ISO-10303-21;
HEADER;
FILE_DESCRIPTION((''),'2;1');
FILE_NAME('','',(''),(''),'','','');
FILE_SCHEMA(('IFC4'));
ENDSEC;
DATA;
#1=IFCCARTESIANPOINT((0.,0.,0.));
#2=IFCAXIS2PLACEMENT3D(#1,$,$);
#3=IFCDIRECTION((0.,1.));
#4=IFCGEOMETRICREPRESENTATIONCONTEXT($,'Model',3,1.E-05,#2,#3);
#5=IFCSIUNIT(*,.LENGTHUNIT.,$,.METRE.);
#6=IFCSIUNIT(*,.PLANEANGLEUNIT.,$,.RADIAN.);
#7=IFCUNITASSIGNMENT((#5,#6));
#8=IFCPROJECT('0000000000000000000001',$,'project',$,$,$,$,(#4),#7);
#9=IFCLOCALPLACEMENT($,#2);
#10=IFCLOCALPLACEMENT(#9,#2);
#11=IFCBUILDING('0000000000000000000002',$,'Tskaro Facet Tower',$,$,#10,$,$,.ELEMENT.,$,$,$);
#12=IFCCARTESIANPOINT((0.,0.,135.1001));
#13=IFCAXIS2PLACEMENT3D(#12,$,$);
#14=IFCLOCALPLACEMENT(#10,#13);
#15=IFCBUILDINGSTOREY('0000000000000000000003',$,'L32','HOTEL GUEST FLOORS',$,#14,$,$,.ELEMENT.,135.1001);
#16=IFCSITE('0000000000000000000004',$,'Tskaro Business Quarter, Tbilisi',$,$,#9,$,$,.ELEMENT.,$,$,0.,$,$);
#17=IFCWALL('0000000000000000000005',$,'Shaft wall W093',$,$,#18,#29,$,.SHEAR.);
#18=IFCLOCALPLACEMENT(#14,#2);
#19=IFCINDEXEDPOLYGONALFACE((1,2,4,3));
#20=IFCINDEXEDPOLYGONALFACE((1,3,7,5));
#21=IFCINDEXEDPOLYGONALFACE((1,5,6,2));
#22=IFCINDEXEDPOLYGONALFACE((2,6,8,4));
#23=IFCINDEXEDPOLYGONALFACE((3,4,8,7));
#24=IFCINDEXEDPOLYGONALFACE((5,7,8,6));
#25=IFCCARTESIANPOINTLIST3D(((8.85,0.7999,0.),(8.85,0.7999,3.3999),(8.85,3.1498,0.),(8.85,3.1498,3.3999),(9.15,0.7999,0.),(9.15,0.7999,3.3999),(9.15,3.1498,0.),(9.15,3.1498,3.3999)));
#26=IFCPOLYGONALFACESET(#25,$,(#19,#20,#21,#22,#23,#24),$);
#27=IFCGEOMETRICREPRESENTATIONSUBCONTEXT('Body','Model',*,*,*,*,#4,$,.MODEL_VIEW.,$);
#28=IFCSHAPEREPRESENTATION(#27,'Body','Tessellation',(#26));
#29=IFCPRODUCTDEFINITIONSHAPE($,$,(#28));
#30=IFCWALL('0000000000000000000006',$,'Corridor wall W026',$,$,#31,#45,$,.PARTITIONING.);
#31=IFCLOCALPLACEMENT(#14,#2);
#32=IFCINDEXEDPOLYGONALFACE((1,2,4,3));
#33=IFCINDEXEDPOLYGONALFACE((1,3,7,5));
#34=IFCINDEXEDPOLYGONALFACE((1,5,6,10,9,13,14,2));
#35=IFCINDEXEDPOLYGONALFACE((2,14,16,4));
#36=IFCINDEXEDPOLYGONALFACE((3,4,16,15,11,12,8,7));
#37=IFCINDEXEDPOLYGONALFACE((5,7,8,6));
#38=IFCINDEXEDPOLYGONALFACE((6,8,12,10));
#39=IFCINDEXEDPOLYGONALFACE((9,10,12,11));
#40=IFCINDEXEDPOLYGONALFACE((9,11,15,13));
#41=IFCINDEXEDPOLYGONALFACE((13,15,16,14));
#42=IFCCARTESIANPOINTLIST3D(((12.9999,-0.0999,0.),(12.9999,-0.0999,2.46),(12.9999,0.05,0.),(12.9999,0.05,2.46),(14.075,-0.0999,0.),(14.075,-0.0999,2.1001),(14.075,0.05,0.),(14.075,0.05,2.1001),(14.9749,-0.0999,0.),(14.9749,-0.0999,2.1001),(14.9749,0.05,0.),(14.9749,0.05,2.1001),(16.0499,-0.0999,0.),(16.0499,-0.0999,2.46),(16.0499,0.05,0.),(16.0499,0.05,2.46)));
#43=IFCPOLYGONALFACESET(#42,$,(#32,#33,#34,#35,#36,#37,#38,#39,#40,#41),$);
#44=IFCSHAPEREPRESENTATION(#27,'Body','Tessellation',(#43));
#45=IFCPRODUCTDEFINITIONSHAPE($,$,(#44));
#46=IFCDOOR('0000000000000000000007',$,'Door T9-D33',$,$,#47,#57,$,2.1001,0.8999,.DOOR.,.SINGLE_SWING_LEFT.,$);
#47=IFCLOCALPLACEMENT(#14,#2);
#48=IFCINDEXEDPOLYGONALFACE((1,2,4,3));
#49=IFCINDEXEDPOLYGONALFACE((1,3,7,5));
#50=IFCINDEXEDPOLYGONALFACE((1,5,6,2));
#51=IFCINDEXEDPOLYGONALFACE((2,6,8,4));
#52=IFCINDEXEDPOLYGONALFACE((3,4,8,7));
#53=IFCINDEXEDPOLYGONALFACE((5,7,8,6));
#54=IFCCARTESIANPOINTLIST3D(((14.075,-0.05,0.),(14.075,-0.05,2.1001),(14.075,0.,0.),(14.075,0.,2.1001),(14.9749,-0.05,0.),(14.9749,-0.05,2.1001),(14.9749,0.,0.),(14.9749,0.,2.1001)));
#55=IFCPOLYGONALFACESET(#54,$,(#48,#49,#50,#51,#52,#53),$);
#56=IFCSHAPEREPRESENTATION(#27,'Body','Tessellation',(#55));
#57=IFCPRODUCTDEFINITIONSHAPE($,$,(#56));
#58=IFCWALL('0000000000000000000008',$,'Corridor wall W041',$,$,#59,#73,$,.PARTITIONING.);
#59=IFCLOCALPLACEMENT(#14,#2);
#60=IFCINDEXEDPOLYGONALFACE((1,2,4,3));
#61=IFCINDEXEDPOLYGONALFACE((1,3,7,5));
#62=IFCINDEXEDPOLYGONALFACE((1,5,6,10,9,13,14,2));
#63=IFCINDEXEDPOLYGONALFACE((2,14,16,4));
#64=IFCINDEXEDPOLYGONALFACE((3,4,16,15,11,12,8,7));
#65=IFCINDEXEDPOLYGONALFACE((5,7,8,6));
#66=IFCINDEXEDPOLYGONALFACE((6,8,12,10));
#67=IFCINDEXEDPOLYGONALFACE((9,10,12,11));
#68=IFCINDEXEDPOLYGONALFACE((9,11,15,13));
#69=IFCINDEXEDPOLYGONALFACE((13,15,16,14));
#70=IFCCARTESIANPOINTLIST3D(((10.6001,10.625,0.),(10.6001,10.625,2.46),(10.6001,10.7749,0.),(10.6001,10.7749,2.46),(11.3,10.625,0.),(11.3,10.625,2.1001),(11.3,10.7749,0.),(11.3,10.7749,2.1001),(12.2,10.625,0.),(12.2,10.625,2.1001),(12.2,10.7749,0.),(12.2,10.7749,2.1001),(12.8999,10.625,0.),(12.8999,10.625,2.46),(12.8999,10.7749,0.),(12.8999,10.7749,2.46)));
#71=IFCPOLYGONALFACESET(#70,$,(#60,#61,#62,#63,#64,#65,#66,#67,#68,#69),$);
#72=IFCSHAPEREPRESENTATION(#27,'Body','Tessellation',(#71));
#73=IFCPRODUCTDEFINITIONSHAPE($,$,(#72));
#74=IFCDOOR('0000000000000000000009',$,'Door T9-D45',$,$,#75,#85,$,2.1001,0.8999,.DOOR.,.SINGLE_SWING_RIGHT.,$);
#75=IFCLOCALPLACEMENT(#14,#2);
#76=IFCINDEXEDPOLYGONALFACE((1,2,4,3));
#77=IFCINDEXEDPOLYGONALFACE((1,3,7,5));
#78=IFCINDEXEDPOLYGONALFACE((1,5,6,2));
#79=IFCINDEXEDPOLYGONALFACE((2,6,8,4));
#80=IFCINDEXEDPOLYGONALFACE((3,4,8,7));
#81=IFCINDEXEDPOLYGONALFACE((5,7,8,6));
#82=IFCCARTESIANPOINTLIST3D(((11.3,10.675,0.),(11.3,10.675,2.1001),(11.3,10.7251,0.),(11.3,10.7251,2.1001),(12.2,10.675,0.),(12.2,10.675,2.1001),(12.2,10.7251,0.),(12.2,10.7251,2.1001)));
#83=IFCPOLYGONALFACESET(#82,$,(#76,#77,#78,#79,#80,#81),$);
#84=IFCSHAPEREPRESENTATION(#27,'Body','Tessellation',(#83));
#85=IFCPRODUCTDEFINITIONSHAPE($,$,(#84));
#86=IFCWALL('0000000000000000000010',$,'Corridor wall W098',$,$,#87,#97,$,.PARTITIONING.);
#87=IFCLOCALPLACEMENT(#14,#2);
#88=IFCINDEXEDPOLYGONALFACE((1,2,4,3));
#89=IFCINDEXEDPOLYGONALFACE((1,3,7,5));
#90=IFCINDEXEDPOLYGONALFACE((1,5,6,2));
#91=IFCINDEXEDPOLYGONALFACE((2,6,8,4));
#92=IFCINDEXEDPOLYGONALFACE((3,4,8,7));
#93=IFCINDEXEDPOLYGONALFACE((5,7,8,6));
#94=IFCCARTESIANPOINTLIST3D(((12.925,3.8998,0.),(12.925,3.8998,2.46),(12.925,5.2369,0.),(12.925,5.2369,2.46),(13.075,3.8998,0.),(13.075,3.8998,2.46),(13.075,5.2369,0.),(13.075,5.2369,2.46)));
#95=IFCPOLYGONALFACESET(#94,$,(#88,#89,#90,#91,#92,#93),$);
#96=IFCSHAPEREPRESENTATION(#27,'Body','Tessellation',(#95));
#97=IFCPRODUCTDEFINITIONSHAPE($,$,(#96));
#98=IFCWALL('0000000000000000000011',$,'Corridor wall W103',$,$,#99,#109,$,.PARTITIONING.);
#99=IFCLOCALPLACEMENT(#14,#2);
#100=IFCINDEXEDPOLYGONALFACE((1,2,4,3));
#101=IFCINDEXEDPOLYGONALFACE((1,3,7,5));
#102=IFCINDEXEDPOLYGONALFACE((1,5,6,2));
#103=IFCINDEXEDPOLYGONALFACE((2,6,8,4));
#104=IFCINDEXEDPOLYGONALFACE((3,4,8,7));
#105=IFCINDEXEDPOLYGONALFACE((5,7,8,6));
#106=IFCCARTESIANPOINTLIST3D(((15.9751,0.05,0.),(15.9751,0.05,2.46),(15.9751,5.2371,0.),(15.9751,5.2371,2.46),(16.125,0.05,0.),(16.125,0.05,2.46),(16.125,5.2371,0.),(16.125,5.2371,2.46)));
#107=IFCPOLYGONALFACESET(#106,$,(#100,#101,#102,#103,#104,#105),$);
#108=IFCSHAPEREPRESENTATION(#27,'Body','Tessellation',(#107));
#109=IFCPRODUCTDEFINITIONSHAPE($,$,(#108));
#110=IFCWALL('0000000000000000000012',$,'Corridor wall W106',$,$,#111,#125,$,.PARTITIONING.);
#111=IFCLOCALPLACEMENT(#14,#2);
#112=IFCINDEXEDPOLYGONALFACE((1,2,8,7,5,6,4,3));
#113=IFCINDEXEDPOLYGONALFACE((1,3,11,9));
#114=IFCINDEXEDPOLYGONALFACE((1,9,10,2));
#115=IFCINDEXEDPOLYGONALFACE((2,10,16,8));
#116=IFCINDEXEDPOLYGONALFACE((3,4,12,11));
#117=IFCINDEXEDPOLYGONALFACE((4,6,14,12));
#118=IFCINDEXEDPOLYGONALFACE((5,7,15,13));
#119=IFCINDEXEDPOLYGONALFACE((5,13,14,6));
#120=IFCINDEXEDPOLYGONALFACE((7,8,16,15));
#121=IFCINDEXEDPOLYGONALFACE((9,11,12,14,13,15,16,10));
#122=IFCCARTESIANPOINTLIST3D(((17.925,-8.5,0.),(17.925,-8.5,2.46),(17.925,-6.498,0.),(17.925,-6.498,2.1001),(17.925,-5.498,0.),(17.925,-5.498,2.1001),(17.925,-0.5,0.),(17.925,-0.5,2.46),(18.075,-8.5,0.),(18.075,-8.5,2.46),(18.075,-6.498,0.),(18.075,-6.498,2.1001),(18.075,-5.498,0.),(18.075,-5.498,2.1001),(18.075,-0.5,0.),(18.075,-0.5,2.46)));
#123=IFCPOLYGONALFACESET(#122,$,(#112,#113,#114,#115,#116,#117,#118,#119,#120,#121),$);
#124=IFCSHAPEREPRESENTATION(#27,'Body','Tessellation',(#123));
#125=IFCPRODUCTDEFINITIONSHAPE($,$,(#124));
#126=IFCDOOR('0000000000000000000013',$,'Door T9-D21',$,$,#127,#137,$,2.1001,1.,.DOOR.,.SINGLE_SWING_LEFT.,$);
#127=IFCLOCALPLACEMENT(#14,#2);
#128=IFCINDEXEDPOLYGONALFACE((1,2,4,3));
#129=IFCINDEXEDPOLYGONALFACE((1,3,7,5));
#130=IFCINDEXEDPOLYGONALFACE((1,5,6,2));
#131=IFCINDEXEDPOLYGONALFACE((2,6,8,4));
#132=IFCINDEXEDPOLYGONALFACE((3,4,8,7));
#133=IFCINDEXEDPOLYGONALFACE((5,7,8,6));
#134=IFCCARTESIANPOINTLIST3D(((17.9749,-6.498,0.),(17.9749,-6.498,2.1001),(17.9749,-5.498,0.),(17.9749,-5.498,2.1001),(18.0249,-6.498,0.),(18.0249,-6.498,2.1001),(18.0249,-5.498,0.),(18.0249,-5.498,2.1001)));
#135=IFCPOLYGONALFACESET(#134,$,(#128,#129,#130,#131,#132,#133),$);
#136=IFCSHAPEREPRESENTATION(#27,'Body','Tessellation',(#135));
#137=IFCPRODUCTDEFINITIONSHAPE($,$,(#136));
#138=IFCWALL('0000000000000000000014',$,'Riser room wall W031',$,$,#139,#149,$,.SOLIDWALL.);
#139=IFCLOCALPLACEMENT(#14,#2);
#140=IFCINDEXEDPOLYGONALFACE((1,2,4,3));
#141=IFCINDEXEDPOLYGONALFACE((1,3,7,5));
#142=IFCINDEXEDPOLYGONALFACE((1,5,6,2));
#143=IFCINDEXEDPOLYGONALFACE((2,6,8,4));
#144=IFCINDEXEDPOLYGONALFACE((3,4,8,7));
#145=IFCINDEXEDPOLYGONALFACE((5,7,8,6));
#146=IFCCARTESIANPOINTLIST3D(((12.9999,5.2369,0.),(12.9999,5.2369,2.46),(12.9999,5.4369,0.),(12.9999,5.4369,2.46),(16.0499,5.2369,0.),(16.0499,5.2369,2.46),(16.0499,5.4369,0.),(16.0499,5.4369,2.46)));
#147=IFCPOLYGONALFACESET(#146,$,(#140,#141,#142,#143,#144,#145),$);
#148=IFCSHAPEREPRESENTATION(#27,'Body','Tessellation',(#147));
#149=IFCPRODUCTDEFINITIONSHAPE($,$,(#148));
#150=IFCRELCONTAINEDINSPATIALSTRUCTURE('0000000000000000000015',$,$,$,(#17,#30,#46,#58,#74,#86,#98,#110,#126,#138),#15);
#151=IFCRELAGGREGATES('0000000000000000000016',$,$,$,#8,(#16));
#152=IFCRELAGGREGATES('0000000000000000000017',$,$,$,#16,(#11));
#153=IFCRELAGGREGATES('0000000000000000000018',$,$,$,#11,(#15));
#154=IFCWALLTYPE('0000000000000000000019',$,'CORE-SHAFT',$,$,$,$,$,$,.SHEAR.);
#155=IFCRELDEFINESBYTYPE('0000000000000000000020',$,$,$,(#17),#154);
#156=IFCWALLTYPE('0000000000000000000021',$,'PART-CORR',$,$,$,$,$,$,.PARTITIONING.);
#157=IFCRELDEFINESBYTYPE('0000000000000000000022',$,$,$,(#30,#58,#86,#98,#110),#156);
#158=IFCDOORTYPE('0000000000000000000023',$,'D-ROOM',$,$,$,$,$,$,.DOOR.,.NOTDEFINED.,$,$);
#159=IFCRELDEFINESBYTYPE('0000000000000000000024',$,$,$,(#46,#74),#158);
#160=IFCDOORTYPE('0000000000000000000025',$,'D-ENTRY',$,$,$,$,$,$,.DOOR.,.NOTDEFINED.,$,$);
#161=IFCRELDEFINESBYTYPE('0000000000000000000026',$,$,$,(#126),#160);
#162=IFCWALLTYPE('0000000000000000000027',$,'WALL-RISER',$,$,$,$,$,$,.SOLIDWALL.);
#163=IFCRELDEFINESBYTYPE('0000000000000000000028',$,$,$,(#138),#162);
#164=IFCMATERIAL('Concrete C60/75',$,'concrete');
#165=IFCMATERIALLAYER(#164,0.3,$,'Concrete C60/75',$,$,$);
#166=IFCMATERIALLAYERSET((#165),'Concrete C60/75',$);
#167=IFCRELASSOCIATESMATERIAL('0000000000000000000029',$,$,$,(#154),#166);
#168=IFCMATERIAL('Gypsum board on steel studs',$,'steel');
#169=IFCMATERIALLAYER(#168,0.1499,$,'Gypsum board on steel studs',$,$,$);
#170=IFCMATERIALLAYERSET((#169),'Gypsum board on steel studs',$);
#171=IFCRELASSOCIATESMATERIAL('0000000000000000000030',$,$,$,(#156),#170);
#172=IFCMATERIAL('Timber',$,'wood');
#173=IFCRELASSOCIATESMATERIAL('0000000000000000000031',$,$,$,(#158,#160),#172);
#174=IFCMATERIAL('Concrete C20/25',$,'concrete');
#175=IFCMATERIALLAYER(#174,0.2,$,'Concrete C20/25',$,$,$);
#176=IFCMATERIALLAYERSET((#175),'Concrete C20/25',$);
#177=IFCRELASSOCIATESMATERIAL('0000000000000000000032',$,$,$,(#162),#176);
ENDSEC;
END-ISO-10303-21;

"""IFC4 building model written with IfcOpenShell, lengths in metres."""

from ifc_helpers import new_model, si_unit, direction, frame, frame_2d, origin, place, context, subcontext, project, spatial, rectangle, extrude, material, layer, layer_set, type_object, element, fill, save


model = new_model("IFC4")

# Units and contexts
model_context = context("Model", 3, precision=1e-05, world=origin(), true_north=direction((0.0, 1.0)))
body_context = subcontext(model_context, "Body", "Model", "MODEL_VIEW")
ifc_project = project(units=[si_unit("LENGTHUNIT", "METRE"), si_unit("PLANEANGLEUNIT", "RADIAN")], contexts=[model_context])

# Site, building, storey
site_placement = place(None, origin())
site = spatial("IfcSite", under=ifc_project, at=site_placement, Name="Tskaro Business Quarter, Tbilisi", CompositionType="ELEMENT", RefElevation=0.0)
building_placement = place(site_placement, origin())
building = spatial("IfcBuilding", under=site, at=building_placement, Name="Tskaro Facet Tower", CompositionType="ELEMENT")
storey_placement = place(building_placement, frame((0.0, 0.0, 135.1001)))
storey = spatial("IfcBuildingStorey", under=building, at=storey_placement, Name="L32", Description="HOTEL GUEST FLOORS", CompositionType="ELEMENT", Elevation=135.1001)

# Wall
ifc_material_1 = material(Name="Concrete C60/75", Category="concrete")
ifc_layer_1 = layer(ifc_material_1, 0.3, Name="Concrete C60/75")
ifc_layer_set_1 = layer_set([ifc_layer_1], Name="Concrete C60/75")
wall_type_1 = type_object("IfcWallType", Name="CORE-SHAFT", PredefinedType="SHEAR", material=ifc_layer_set_1)
wall_1_placement = place(storey_placement, frame((9.0, 0.8, 0.0), z_axis=(0.0, 0.0, 1.0), x_axis=(0.0, 1.0, 0.0)))
element("IfcWall", 1, at=wall_1_placement, inside=storey, type_object=wall_type_1, Name="Shaft wall W093", PredefinedType="SHEAR", context=body_context, shape_type="SweptSolid", body=[
    extrude(rectangle(XDim=2.3499, YDim=0.3, at=frame_2d((1.1748, 0.0))), origin(), (0.0, 0.0, 1.0), 3.3999),
])

# Walls, openings, doors
ifc_material_2 = material(Name="Gypsum board on steel studs", Category="steel")
ifc_layer_2 = layer(ifc_material_2, 0.1499, Name="Gypsum board on steel studs")
ifc_layer_set_2 = layer_set([ifc_layer_2], Name="Gypsum board on steel studs")
wall_type_2 = type_object("IfcWallType", Name="PART-CORR", PredefinedType="PARTITIONING", material=ifc_layer_set_2)
wall_2_placement = place(storey_placement, frame((13.0, -0.0249, 0.0), z_axis=(0.0, 0.0, 1.0), x_axis=(1.0, 0.0, 0.0)))
wall_2 = element("IfcWall", 2, at=wall_2_placement, inside=storey, type_object=wall_type_2, Name="Corridor wall W026", PredefinedType="PARTITIONING", context=body_context, shape_type="SweptSolid", body=[
    extrude(rectangle(XDim=3.05, YDim=0.1499, at=frame_2d((1.5249, 0.0))), origin(), (0.0, 0.0, 1.0), 2.46),
])
opening_1_placement = place(wall_2_placement, frame((1.075, 0.0, 0.0)))
opening_1 = element("IfcOpeningElement", 3, at=opening_1_placement, cuts=wall_2, PredefinedType="OPENING", context=body_context, shape_type="SweptSolid", body=[
    extrude(rectangle(XDim=0.8999, YDim=2.1001, at=frame_2d((0.45, 1.05))), frame((0.0, 0.085, 0.0), z_axis=(0.0, -1.0, 0.0), x_axis=(1.0, 0.0, 0.0)), (0.0, 0.0, 1.0), 0.1699),
])
ifc_material_3 = material(Name="Timber", Category="wood")
door_type_1 = type_object("IfcDoorType", Name="D-ROOM", OperationType="NOTDEFINED", PredefinedType="DOOR", material=ifc_material_3)
door_1_placement = place(opening_1_placement, origin())
door_1 = element("IfcDoor", 4, at=door_1_placement, inside=storey, type_object=door_type_1, Name="Door T9-D33", OperationType="SINGLE_SWING_LEFT", OverallHeight=2.1001, OverallWidth=0.8999, PredefinedType="DOOR", context=body_context, shape_type="SweptSolid", body=[
    extrude(rectangle(XDim=0.8999, YDim=2.1001, at=frame_2d((0.45, 1.05))), frame((0.0, 0.0249, 0.0), z_axis=(0.0, -1.0, 0.0), x_axis=(1.0, 0.0, 0.0)), (0.0, 0.0, 1.0), 0.05),
])
fill(opening_1, door_1)
wall_3_placement = place(storey_placement, frame((12.8999, 10.7, 0.0), z_axis=(0.0, 0.0, 1.0), x_axis=(-1.0, 0.0, 0.0)))
wall_3 = element("IfcWall", 5, at=wall_3_placement, inside=storey, type_object=wall_type_2, Name="Corridor wall W041", PredefinedType="PARTITIONING", context=body_context, shape_type="SweptSolid", body=[
    extrude(rectangle(XDim=2.2998, YDim=0.1499, at=frame_2d((1.1499, 0.0))), origin(), (0.0, 0.0, 1.0), 2.46),
])
opening_2_placement = place(wall_3_placement, frame((0.7, 0.0, 0.0)))
opening_2 = element("IfcOpeningElement", 6, at=opening_2_placement, cuts=wall_3, PredefinedType="OPENING", context=body_context, shape_type="SweptSolid", body=[
    extrude(rectangle(XDim=0.8999, YDim=2.1001, at=frame_2d((0.45, 1.05))), frame((0.0, 0.085, 0.0), z_axis=(0.0, -1.0, 0.0), x_axis=(1.0, 0.0, 0.0)), (0.0, 0.0, 1.0), 0.1699),
])
door_2_placement = place(opening_2_placement, origin())
door_2 = element("IfcDoor", 7, at=door_2_placement, inside=storey, type_object=door_type_1, Name="Door T9-D45", OperationType="SINGLE_SWING_RIGHT", OverallHeight=2.1001, OverallWidth=0.8999, PredefinedType="DOOR", context=body_context, shape_type="SweptSolid", body=[
    extrude(rectangle(XDim=0.8999, YDim=2.1001, at=frame_2d((0.45, 1.05))), frame((0.0, 0.0249, 0.0), z_axis=(0.0, -1.0, 0.0), x_axis=(1.0, 0.0, 0.0)), (0.0, 0.0, 1.0), 0.05),
])
fill(opening_2, door_2)

# Walls
wall_4_placement = place(storey_placement, frame((13.0, 3.8999, 0.0), z_axis=(0.0, 0.0, 1.0), x_axis=(0.0, 1.0, 0.0)))
element("IfcWall", 8, at=wall_4_placement, inside=storey, type_object=wall_type_2, Name="Corridor wall W098", PredefinedType="PARTITIONING", context=body_context, shape_type="SweptSolid", body=[
    extrude(rectangle(XDim=1.3372, YDim=0.1499, at=frame_2d((0.6685, 0.0))), origin(), (0.0, 0.0, 1.0), 2.46),
])
wall_5_placement = place(storey_placement, frame((16.05, 0.05, 0.0), z_axis=(0.0, 0.0, 1.0), x_axis=(0.0, 1.0, 0.0)))
element("IfcWall", 9, at=wall_5_placement, inside=storey, type_object=wall_type_2, Name="Corridor wall W103", PredefinedType="PARTITIONING", context=body_context, shape_type="SweptSolid", body=[
    extrude(rectangle(XDim=5.187, YDim=0.1499, at=frame_2d((2.5935, 0.0))), origin(), (0.0, 0.0, 1.0), 2.46),
])

# Wall, opening, door
wall_6_placement = place(storey_placement, frame((18.0, -0.5, 0.0), z_axis=(0.0, 0.0, 1.0), x_axis=(0.0, -1.0, 0.0)))
wall_6 = element("IfcWall", 10, at=wall_6_placement, inside=storey, type_object=wall_type_2, Name="Corridor wall W106", PredefinedType="PARTITIONING", context=body_context, shape_type="SweptSolid", body=[
    extrude(rectangle(XDim=8.0, YDim=0.1499, at=frame_2d((4.0, 0.0))), origin(), (0.0, 0.0, 1.0), 2.46),
])
opening_3_placement = place(wall_6_placement, frame((4.998, 0.0, 0.0)))
opening_3 = element("IfcOpeningElement", 11, at=opening_3_placement, cuts=wall_6, PredefinedType="OPENING", context=body_context, shape_type="SweptSolid", body=[
    extrude(rectangle(XDim=1.0, YDim=2.1001, at=frame_2d((0.5, 1.05))), frame((0.0, 0.085, 0.0), z_axis=(0.0, -1.0, 0.0), x_axis=(1.0, 0.0, 0.0)), (0.0, 0.0, 1.0), 0.1699),
])
door_type_2 = type_object("IfcDoorType", Name="D-ENTRY", OperationType="NOTDEFINED", PredefinedType="DOOR", material=ifc_material_3)
door_3_placement = place(opening_3_placement, origin())
door_3 = element("IfcDoor", 12, at=door_3_placement, inside=storey, type_object=door_type_2, Name="Door T9-D21", OperationType="SINGLE_SWING_LEFT", OverallHeight=2.1001, OverallWidth=1.0, PredefinedType="DOOR", context=body_context, shape_type="SweptSolid", body=[
    extrude(rectangle(XDim=1.0, YDim=2.1001, at=frame_2d((0.5, 1.05))), frame((0.0, 0.0249, 0.0), z_axis=(0.0, -1.0, 0.0), x_axis=(1.0, 0.0, 0.0)), (0.0, 0.0, 1.0), 0.05),
])
fill(opening_3, door_3)

# Wall
ifc_material_4 = material(Name="Concrete C20/25", Category="concrete")
ifc_layer_3 = layer(ifc_material_4, 0.2, Name="Concrete C20/25")
ifc_layer_set_3 = layer_set([ifc_layer_3], Name="Concrete C20/25")
wall_type_3 = type_object("IfcWallType", Name="WALL-RISER", PredefinedType="SOLIDWALL", material=ifc_layer_set_3)
wall_7_placement = place(storey_placement, frame((13.0, 5.3369, 0.0), z_axis=(0.0, 0.0, 1.0), x_axis=(1.0, 0.0, 0.0)))
element("IfcWall", 13, at=wall_7_placement, inside=storey, type_object=wall_type_3, Name="Riser room wall W031", PredefinedType="SOLIDWALL", context=body_context, shape_type="SweptSolid", body=[
    extrude(rectangle(XDim=3.05, YDim=0.2, at=frame_2d((1.5249, 0.0))), origin(), (0.0, 0.0, 1.0), 2.46),
])

save(model, "model.ifc")
